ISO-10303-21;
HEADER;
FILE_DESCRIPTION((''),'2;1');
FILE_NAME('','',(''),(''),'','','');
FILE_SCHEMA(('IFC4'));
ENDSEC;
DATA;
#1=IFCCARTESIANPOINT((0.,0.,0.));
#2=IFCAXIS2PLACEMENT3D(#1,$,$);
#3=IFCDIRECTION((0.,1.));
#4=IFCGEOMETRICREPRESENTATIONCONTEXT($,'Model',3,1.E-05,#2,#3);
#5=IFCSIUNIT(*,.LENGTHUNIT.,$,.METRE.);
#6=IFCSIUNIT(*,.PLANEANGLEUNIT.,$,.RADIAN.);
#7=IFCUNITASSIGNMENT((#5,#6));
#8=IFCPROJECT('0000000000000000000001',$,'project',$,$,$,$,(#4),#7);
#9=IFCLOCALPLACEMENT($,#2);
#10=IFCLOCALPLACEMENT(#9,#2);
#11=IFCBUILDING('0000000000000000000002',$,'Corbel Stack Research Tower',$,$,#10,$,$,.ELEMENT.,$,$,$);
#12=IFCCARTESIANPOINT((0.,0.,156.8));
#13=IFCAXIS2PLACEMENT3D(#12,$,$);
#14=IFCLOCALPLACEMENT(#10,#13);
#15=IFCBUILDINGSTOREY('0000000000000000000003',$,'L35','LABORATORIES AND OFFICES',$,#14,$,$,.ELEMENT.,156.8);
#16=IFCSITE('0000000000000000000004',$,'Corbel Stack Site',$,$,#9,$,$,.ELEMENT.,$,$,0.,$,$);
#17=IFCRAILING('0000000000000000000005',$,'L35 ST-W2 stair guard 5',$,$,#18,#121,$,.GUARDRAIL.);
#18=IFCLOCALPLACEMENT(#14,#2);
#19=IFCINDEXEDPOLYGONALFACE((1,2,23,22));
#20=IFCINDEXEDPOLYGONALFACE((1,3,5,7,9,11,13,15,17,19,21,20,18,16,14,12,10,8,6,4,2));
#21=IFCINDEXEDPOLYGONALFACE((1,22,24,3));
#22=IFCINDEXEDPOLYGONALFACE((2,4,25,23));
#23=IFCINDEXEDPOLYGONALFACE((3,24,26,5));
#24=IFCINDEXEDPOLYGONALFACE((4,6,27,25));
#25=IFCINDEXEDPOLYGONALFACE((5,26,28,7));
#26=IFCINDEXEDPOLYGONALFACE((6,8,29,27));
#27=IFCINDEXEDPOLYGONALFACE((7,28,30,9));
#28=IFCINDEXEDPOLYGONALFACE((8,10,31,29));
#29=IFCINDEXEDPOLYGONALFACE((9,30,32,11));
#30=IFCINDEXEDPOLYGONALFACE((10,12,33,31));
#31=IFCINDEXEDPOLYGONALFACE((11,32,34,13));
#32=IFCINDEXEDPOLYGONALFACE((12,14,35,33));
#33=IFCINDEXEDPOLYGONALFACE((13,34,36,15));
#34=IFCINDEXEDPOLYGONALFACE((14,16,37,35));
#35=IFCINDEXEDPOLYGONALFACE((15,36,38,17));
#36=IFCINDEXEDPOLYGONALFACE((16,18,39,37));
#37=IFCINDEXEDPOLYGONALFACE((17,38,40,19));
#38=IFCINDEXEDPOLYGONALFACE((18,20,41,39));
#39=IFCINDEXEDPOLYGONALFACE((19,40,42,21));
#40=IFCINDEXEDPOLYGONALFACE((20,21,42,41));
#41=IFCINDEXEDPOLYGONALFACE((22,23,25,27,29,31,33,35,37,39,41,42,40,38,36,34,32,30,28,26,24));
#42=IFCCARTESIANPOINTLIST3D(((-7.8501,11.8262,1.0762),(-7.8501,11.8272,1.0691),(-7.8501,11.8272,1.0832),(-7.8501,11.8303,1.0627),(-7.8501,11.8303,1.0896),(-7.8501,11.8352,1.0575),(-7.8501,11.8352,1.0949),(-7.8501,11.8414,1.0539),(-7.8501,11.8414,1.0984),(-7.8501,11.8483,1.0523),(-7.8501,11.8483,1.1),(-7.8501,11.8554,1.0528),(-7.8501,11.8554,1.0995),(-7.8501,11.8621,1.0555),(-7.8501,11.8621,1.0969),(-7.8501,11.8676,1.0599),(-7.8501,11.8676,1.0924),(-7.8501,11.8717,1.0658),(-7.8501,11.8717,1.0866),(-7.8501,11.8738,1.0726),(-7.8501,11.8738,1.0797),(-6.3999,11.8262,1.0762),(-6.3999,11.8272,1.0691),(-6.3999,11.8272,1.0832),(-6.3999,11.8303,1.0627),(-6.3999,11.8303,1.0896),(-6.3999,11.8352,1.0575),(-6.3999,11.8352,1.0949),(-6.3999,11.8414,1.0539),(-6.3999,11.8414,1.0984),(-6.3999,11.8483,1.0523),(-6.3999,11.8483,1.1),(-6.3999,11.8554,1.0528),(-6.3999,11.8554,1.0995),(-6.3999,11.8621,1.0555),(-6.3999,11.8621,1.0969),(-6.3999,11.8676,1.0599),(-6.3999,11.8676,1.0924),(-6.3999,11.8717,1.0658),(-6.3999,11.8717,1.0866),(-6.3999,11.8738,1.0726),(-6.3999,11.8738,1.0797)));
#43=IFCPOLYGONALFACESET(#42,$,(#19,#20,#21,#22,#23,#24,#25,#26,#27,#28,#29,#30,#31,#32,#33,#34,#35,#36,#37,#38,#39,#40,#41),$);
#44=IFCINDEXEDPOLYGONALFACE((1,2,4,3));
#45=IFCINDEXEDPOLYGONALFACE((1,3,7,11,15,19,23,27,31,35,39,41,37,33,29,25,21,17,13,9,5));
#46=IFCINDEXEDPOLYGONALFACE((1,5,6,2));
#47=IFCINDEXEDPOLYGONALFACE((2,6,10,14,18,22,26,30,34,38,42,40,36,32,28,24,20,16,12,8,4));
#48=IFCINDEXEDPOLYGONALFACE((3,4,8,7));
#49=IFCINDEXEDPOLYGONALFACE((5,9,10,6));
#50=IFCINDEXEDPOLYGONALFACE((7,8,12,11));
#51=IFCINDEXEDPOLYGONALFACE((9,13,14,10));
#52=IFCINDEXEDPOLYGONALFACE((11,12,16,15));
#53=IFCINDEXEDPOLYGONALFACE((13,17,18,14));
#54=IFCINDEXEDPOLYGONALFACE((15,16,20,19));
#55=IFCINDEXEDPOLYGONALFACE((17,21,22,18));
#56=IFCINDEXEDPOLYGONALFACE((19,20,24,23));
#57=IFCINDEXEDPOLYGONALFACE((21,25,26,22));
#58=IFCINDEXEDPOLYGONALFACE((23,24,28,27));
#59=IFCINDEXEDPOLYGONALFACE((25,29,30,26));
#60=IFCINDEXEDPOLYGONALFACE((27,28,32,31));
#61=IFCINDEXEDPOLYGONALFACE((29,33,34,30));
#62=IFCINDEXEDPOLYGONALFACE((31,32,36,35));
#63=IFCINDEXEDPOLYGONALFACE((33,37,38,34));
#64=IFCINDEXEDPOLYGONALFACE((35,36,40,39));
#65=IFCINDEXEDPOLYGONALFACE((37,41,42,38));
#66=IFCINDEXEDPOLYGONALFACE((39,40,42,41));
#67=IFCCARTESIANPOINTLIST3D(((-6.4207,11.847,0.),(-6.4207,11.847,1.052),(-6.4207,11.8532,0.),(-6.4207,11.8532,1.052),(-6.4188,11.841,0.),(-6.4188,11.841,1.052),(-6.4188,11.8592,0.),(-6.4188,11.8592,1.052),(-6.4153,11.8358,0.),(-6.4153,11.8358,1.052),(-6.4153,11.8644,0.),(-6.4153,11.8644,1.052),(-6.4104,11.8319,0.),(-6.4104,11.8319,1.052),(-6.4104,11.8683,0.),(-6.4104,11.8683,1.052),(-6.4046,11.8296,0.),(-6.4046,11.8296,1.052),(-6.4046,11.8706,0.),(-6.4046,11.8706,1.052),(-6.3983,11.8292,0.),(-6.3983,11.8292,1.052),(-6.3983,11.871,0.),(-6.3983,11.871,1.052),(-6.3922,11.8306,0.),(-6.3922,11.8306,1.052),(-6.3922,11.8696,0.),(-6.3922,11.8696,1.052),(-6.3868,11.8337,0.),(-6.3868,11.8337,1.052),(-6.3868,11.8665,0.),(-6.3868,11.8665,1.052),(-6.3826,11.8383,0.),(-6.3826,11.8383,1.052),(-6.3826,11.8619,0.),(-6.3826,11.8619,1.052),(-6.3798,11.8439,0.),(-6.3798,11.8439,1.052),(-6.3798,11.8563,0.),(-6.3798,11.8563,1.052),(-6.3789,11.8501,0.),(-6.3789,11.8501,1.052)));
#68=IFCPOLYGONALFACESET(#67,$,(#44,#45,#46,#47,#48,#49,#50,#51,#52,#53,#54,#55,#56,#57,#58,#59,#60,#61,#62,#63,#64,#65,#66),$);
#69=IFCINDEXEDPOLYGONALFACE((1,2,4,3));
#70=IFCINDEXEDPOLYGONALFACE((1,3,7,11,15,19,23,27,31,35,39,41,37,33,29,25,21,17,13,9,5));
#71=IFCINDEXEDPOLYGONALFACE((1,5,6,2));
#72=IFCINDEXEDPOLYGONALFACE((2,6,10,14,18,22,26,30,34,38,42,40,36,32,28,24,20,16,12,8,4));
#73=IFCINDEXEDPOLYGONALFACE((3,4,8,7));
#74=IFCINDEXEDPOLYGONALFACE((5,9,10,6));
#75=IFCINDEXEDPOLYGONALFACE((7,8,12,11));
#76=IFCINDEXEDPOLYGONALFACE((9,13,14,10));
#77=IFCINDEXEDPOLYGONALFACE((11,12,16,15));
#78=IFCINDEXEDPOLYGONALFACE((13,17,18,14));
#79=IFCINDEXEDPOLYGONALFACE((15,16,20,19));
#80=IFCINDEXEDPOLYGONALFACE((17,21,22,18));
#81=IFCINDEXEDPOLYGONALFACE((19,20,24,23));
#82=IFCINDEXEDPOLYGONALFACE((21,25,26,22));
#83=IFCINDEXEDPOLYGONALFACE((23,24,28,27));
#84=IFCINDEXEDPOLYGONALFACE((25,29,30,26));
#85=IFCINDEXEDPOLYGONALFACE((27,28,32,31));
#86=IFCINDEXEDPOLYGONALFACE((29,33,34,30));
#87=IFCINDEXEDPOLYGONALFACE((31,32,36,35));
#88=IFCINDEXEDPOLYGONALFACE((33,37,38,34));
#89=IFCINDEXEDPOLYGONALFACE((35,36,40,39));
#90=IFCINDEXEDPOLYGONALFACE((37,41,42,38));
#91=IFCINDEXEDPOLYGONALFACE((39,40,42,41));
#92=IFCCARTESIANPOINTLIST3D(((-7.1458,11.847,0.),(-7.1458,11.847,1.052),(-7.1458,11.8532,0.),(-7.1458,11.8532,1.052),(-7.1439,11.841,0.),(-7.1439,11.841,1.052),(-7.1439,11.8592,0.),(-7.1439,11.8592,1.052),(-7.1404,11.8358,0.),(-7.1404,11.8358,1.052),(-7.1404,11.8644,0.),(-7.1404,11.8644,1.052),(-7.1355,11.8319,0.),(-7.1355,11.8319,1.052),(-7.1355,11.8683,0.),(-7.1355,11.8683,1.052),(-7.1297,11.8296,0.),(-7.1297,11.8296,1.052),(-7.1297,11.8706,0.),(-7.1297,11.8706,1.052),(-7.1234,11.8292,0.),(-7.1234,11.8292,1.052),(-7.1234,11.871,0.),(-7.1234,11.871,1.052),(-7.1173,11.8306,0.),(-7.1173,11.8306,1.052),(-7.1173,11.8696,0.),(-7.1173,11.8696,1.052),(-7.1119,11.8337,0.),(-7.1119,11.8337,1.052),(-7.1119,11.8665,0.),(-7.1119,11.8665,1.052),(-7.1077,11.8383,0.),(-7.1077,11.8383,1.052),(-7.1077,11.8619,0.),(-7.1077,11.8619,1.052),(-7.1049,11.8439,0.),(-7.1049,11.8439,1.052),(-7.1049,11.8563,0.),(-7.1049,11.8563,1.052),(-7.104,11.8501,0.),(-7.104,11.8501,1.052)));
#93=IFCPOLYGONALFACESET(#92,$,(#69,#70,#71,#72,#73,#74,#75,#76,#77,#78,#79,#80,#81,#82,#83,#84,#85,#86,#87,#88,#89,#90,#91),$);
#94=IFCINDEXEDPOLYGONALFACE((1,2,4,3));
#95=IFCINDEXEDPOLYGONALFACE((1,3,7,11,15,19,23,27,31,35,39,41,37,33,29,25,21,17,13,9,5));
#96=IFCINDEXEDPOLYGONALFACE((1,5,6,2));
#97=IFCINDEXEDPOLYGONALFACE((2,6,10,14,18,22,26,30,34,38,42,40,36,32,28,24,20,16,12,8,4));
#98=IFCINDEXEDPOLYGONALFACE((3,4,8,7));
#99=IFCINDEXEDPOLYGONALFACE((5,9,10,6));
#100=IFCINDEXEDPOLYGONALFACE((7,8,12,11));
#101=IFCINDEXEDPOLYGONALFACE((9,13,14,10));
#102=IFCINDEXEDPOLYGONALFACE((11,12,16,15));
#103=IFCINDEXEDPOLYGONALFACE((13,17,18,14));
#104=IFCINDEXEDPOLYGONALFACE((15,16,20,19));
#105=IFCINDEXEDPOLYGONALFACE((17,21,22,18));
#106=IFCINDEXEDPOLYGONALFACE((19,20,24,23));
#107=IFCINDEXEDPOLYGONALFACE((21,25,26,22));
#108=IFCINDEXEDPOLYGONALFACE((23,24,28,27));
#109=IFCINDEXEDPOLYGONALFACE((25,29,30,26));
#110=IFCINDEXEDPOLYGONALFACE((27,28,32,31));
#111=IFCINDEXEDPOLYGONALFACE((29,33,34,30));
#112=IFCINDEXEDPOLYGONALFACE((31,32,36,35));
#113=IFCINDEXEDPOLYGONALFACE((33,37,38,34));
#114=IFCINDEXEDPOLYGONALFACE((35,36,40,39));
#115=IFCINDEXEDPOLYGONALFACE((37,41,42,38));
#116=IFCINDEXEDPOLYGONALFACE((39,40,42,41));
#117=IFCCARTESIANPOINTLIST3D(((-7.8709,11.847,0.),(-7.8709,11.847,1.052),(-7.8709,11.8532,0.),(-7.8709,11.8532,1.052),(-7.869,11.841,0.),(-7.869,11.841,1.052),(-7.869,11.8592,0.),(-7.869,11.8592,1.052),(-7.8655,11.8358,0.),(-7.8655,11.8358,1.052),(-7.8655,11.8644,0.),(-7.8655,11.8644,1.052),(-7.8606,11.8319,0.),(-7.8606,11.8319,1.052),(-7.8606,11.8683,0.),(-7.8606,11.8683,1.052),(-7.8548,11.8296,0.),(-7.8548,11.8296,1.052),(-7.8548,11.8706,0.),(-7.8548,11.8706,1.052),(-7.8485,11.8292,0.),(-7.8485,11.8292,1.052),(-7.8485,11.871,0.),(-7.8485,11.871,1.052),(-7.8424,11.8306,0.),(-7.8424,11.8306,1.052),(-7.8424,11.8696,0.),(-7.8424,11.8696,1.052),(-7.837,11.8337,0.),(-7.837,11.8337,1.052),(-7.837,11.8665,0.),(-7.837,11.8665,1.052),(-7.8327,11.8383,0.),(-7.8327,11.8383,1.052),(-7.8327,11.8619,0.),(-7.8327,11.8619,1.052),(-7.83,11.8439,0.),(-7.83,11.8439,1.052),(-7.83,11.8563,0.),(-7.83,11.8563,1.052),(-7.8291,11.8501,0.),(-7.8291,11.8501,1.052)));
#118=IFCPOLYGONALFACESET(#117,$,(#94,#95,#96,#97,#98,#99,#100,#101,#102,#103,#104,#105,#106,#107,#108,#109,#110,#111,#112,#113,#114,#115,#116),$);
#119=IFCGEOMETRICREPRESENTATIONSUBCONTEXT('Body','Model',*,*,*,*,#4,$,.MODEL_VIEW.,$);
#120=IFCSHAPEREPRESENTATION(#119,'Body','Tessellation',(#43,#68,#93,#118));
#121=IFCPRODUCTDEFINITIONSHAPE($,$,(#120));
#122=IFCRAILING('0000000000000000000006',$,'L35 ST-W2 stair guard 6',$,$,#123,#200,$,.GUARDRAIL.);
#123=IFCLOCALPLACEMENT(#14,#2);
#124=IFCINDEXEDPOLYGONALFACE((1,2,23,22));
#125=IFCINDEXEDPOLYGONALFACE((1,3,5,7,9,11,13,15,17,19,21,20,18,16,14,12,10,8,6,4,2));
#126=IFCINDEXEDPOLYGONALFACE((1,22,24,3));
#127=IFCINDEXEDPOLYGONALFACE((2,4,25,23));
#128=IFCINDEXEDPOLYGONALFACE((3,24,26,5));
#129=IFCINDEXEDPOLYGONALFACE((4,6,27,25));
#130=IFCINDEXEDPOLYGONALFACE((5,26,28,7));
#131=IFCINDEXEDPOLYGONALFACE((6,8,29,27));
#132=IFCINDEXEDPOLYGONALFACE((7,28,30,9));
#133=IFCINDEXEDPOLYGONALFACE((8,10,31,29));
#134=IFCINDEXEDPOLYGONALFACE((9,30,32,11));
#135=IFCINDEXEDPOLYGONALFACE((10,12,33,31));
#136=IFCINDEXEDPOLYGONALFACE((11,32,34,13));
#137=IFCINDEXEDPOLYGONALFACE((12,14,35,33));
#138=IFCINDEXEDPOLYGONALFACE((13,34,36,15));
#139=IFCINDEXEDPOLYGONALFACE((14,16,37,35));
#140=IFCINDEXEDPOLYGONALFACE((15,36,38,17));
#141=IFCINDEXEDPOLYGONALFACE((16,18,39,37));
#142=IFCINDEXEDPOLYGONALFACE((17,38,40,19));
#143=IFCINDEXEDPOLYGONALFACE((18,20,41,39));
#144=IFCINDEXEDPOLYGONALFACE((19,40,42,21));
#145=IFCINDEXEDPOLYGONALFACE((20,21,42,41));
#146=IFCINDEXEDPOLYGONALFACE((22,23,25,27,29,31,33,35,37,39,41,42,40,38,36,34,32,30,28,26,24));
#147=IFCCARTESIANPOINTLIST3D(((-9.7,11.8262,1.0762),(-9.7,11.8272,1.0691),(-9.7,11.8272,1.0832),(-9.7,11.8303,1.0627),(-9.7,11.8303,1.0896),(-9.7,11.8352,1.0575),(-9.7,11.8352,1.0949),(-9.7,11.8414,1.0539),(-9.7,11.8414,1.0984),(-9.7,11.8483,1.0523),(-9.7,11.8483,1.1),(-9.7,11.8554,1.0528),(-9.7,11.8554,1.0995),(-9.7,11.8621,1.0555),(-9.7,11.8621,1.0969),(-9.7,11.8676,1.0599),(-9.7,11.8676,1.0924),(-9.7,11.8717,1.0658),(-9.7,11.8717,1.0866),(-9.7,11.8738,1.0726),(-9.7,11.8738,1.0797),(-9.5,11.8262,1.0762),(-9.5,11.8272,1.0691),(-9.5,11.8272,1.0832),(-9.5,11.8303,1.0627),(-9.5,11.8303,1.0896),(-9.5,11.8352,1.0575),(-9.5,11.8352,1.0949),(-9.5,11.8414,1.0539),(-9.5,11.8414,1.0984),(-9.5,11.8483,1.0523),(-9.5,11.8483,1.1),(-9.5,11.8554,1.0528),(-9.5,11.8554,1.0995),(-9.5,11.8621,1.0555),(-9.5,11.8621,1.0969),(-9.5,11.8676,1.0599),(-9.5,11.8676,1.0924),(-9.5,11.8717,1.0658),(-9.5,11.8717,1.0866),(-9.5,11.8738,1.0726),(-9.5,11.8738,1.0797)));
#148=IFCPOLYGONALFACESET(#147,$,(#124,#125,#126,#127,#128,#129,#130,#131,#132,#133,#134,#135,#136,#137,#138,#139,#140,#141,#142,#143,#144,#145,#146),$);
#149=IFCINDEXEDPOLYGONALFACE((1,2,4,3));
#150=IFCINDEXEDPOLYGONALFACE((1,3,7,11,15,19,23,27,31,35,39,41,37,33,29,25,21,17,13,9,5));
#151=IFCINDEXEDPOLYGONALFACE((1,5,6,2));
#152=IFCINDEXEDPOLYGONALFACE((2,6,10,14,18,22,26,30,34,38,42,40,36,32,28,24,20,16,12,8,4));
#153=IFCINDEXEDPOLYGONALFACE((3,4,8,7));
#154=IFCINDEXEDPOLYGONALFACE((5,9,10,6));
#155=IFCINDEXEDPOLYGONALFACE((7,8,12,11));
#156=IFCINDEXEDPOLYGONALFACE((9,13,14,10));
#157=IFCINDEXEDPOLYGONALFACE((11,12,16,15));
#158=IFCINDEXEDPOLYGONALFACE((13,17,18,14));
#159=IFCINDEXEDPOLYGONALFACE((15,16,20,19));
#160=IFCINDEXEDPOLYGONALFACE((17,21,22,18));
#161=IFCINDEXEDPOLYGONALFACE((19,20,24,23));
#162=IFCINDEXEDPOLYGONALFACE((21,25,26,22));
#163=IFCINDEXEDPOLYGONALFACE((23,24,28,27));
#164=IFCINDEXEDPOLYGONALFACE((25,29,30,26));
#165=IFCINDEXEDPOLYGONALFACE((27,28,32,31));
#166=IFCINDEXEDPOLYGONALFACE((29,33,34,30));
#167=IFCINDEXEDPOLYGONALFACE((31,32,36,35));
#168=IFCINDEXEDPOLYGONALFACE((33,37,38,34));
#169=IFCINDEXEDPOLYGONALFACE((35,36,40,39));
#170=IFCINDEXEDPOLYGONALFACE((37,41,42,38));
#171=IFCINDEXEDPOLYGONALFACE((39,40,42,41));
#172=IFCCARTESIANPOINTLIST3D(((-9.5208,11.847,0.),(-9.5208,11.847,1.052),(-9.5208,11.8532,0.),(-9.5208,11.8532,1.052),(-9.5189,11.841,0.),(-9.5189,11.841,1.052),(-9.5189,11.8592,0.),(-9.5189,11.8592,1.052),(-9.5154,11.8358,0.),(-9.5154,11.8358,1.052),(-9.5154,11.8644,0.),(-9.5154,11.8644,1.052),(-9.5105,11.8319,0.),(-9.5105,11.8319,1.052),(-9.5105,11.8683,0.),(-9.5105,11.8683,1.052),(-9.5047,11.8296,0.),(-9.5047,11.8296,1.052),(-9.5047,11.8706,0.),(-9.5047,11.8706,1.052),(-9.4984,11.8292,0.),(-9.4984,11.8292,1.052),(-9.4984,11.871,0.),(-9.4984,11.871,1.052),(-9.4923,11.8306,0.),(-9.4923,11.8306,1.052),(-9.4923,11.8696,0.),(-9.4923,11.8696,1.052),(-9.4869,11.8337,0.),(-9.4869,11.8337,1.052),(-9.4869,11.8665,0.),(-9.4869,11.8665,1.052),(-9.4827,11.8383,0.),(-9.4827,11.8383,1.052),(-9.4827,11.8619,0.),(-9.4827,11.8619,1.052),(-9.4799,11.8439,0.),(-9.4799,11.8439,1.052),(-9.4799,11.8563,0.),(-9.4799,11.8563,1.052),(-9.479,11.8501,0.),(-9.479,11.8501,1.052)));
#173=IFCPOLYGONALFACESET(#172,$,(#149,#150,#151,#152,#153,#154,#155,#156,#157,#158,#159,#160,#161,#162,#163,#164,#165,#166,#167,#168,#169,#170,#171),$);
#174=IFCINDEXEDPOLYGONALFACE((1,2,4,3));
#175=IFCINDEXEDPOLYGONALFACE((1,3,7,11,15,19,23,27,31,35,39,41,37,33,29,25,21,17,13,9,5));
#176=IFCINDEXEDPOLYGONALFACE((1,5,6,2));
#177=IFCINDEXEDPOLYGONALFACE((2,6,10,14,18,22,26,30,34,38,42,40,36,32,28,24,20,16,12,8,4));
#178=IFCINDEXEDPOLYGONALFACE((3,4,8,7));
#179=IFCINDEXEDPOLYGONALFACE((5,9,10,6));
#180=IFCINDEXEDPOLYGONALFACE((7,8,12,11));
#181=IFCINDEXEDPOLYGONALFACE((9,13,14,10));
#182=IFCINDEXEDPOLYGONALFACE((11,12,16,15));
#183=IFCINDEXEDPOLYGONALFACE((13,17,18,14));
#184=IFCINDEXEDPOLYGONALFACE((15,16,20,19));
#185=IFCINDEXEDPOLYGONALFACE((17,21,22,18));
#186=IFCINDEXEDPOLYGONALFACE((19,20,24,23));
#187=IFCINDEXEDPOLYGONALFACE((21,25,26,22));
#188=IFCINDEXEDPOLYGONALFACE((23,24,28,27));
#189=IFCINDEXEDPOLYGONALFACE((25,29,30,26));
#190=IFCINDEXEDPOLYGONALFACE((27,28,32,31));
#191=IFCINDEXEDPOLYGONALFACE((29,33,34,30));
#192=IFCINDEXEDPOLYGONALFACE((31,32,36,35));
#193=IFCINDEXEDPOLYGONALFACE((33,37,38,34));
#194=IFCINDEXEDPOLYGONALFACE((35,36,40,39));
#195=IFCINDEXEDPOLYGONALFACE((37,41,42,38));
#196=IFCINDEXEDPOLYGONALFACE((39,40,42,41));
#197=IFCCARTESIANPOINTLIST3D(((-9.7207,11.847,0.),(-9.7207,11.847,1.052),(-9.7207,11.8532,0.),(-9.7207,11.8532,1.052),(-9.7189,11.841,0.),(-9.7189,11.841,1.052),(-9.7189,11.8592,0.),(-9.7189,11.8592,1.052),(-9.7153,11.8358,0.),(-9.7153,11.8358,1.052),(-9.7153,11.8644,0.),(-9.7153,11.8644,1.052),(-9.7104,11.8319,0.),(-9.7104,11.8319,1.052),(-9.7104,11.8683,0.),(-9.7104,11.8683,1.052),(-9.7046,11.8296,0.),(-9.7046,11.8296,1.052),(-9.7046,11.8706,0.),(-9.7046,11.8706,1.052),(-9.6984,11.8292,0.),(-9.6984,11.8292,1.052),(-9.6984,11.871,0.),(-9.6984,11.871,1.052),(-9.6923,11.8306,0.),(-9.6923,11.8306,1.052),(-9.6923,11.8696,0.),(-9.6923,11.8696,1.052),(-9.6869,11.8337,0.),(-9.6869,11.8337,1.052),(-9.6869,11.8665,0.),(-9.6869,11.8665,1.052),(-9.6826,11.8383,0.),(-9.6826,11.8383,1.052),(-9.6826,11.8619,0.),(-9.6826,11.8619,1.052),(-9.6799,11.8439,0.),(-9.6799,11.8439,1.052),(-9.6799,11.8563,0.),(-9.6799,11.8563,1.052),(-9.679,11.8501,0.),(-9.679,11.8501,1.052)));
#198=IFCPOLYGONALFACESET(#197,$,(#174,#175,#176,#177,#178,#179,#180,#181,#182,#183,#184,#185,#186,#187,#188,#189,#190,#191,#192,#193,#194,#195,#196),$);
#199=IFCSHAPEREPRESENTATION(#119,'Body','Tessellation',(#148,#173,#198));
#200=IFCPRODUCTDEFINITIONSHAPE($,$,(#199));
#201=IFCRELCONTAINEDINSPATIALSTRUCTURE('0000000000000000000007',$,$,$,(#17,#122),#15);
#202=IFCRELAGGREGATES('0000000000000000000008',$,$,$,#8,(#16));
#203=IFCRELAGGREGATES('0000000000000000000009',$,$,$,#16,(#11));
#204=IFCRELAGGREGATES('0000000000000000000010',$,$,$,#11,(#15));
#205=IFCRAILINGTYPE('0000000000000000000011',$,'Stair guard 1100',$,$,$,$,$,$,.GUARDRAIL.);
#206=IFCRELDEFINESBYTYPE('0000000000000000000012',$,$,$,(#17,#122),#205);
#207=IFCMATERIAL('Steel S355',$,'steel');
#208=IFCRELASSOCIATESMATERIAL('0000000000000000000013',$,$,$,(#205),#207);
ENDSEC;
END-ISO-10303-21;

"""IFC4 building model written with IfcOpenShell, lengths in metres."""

from ifc_helpers import new_model, si_unit, direction, frame, origin, origin_2d, place, context, subcontext, project, spatial, circle, extrude, material, type_object, element, save


model = new_model("IFC4")

# Units and contexts
model_context = context("Model", 3, precision=1e-05, world=origin(), true_north=direction((0.0, 1.0)))
body_context = subcontext(model_context, "Body", "Model", "MODEL_VIEW")
ifc_project = project(units=[si_unit("LENGTHUNIT", "METRE"), si_unit("PLANEANGLEUNIT", "RADIAN")], contexts=[model_context])

# Site, building, storey
site_placement = place(None, origin())
site = spatial("IfcSite", under=ifc_project, at=site_placement, Name="Corbel Stack Site", CompositionType="ELEMENT", RefElevation=0.0)
building_placement = place(site_placement, origin())
building = spatial("IfcBuilding", under=site, at=building_placement, Name="Corbel Stack Research Tower", CompositionType="ELEMENT")
storey_placement = place(building_placement, frame((0.0, 0.0, 156.8)))
storey = spatial("IfcBuildingStorey", under=building, at=storey_placement, Name="L35", Description="LABORATORIES AND OFFICES", CompositionType="ELEMENT", Elevation=156.8)

# Railings
ifc_material_1 = material(Name="Steel S355", Category="steel")
railing_type = type_object("IfcRailingType", Name="Stair guard 1100", PredefinedType="GUARDRAIL", material=ifc_material_1)
railing_1_placement = place(storey_placement, frame((-6.3999, 11.8501, 0.0)))
element("IfcRailing", 1, at=railing_1_placement, inside=storey, type_object=railing_type, Name="L35 ST-W2 stair guard 5", PredefinedType="GUARDRAIL", context=body_context, shape_type="SweptSolid", body=[
    extrude(circle(Radius=0.0239, at=origin_2d()), frame((0.0, 0.0, 1.0762), z_axis=(-1.0, 0.0, 0.0), x_axis=(0.0, -1.0, 0.0)), (0.0, 0.0, 1.0), 1.4502),
    extrude(circle(Radius=0.021, at=origin_2d()), origin(), (0.0, 0.0, 1.0), 1.052),
    extrude(circle(Radius=0.021, at=origin_2d()), frame((-0.7251, 0.0, 0.0)), (0.0, 0.0, 1.0), 1.052),
    extrude(circle(Radius=0.021, at=origin_2d()), frame((-1.4502, 0.0, 0.0)), (0.0, 0.0, 1.0), 1.052),
])
railing_2_placement = place(storey_placement, frame((-9.5, 11.8501, 0.0)))
element("IfcRailing", 2, at=railing_2_placement, inside=storey, type_object=railing_type, Name="L35 ST-W2 stair guard 6", PredefinedType="GUARDRAIL", context=body_context, shape_type="SweptSolid", body=[
    extrude(circle(Radius=0.0239, at=origin_2d()), frame((0.0, 0.0, 1.0762), z_axis=(-1.0, 0.0, 0.0), x_axis=(0.0, -1.0, 0.0)), (0.0, 0.0, 1.0), 0.2),
    extrude(circle(Radius=0.021, at=origin_2d()), origin(), (0.0, 0.0, 1.0), 1.052),
    extrude(circle(Radius=0.021, at=origin_2d()), frame((-0.2, 0.0, 0.0)), (0.0, 0.0, 1.0), 1.052),
])

save(model, "model.ifc")
